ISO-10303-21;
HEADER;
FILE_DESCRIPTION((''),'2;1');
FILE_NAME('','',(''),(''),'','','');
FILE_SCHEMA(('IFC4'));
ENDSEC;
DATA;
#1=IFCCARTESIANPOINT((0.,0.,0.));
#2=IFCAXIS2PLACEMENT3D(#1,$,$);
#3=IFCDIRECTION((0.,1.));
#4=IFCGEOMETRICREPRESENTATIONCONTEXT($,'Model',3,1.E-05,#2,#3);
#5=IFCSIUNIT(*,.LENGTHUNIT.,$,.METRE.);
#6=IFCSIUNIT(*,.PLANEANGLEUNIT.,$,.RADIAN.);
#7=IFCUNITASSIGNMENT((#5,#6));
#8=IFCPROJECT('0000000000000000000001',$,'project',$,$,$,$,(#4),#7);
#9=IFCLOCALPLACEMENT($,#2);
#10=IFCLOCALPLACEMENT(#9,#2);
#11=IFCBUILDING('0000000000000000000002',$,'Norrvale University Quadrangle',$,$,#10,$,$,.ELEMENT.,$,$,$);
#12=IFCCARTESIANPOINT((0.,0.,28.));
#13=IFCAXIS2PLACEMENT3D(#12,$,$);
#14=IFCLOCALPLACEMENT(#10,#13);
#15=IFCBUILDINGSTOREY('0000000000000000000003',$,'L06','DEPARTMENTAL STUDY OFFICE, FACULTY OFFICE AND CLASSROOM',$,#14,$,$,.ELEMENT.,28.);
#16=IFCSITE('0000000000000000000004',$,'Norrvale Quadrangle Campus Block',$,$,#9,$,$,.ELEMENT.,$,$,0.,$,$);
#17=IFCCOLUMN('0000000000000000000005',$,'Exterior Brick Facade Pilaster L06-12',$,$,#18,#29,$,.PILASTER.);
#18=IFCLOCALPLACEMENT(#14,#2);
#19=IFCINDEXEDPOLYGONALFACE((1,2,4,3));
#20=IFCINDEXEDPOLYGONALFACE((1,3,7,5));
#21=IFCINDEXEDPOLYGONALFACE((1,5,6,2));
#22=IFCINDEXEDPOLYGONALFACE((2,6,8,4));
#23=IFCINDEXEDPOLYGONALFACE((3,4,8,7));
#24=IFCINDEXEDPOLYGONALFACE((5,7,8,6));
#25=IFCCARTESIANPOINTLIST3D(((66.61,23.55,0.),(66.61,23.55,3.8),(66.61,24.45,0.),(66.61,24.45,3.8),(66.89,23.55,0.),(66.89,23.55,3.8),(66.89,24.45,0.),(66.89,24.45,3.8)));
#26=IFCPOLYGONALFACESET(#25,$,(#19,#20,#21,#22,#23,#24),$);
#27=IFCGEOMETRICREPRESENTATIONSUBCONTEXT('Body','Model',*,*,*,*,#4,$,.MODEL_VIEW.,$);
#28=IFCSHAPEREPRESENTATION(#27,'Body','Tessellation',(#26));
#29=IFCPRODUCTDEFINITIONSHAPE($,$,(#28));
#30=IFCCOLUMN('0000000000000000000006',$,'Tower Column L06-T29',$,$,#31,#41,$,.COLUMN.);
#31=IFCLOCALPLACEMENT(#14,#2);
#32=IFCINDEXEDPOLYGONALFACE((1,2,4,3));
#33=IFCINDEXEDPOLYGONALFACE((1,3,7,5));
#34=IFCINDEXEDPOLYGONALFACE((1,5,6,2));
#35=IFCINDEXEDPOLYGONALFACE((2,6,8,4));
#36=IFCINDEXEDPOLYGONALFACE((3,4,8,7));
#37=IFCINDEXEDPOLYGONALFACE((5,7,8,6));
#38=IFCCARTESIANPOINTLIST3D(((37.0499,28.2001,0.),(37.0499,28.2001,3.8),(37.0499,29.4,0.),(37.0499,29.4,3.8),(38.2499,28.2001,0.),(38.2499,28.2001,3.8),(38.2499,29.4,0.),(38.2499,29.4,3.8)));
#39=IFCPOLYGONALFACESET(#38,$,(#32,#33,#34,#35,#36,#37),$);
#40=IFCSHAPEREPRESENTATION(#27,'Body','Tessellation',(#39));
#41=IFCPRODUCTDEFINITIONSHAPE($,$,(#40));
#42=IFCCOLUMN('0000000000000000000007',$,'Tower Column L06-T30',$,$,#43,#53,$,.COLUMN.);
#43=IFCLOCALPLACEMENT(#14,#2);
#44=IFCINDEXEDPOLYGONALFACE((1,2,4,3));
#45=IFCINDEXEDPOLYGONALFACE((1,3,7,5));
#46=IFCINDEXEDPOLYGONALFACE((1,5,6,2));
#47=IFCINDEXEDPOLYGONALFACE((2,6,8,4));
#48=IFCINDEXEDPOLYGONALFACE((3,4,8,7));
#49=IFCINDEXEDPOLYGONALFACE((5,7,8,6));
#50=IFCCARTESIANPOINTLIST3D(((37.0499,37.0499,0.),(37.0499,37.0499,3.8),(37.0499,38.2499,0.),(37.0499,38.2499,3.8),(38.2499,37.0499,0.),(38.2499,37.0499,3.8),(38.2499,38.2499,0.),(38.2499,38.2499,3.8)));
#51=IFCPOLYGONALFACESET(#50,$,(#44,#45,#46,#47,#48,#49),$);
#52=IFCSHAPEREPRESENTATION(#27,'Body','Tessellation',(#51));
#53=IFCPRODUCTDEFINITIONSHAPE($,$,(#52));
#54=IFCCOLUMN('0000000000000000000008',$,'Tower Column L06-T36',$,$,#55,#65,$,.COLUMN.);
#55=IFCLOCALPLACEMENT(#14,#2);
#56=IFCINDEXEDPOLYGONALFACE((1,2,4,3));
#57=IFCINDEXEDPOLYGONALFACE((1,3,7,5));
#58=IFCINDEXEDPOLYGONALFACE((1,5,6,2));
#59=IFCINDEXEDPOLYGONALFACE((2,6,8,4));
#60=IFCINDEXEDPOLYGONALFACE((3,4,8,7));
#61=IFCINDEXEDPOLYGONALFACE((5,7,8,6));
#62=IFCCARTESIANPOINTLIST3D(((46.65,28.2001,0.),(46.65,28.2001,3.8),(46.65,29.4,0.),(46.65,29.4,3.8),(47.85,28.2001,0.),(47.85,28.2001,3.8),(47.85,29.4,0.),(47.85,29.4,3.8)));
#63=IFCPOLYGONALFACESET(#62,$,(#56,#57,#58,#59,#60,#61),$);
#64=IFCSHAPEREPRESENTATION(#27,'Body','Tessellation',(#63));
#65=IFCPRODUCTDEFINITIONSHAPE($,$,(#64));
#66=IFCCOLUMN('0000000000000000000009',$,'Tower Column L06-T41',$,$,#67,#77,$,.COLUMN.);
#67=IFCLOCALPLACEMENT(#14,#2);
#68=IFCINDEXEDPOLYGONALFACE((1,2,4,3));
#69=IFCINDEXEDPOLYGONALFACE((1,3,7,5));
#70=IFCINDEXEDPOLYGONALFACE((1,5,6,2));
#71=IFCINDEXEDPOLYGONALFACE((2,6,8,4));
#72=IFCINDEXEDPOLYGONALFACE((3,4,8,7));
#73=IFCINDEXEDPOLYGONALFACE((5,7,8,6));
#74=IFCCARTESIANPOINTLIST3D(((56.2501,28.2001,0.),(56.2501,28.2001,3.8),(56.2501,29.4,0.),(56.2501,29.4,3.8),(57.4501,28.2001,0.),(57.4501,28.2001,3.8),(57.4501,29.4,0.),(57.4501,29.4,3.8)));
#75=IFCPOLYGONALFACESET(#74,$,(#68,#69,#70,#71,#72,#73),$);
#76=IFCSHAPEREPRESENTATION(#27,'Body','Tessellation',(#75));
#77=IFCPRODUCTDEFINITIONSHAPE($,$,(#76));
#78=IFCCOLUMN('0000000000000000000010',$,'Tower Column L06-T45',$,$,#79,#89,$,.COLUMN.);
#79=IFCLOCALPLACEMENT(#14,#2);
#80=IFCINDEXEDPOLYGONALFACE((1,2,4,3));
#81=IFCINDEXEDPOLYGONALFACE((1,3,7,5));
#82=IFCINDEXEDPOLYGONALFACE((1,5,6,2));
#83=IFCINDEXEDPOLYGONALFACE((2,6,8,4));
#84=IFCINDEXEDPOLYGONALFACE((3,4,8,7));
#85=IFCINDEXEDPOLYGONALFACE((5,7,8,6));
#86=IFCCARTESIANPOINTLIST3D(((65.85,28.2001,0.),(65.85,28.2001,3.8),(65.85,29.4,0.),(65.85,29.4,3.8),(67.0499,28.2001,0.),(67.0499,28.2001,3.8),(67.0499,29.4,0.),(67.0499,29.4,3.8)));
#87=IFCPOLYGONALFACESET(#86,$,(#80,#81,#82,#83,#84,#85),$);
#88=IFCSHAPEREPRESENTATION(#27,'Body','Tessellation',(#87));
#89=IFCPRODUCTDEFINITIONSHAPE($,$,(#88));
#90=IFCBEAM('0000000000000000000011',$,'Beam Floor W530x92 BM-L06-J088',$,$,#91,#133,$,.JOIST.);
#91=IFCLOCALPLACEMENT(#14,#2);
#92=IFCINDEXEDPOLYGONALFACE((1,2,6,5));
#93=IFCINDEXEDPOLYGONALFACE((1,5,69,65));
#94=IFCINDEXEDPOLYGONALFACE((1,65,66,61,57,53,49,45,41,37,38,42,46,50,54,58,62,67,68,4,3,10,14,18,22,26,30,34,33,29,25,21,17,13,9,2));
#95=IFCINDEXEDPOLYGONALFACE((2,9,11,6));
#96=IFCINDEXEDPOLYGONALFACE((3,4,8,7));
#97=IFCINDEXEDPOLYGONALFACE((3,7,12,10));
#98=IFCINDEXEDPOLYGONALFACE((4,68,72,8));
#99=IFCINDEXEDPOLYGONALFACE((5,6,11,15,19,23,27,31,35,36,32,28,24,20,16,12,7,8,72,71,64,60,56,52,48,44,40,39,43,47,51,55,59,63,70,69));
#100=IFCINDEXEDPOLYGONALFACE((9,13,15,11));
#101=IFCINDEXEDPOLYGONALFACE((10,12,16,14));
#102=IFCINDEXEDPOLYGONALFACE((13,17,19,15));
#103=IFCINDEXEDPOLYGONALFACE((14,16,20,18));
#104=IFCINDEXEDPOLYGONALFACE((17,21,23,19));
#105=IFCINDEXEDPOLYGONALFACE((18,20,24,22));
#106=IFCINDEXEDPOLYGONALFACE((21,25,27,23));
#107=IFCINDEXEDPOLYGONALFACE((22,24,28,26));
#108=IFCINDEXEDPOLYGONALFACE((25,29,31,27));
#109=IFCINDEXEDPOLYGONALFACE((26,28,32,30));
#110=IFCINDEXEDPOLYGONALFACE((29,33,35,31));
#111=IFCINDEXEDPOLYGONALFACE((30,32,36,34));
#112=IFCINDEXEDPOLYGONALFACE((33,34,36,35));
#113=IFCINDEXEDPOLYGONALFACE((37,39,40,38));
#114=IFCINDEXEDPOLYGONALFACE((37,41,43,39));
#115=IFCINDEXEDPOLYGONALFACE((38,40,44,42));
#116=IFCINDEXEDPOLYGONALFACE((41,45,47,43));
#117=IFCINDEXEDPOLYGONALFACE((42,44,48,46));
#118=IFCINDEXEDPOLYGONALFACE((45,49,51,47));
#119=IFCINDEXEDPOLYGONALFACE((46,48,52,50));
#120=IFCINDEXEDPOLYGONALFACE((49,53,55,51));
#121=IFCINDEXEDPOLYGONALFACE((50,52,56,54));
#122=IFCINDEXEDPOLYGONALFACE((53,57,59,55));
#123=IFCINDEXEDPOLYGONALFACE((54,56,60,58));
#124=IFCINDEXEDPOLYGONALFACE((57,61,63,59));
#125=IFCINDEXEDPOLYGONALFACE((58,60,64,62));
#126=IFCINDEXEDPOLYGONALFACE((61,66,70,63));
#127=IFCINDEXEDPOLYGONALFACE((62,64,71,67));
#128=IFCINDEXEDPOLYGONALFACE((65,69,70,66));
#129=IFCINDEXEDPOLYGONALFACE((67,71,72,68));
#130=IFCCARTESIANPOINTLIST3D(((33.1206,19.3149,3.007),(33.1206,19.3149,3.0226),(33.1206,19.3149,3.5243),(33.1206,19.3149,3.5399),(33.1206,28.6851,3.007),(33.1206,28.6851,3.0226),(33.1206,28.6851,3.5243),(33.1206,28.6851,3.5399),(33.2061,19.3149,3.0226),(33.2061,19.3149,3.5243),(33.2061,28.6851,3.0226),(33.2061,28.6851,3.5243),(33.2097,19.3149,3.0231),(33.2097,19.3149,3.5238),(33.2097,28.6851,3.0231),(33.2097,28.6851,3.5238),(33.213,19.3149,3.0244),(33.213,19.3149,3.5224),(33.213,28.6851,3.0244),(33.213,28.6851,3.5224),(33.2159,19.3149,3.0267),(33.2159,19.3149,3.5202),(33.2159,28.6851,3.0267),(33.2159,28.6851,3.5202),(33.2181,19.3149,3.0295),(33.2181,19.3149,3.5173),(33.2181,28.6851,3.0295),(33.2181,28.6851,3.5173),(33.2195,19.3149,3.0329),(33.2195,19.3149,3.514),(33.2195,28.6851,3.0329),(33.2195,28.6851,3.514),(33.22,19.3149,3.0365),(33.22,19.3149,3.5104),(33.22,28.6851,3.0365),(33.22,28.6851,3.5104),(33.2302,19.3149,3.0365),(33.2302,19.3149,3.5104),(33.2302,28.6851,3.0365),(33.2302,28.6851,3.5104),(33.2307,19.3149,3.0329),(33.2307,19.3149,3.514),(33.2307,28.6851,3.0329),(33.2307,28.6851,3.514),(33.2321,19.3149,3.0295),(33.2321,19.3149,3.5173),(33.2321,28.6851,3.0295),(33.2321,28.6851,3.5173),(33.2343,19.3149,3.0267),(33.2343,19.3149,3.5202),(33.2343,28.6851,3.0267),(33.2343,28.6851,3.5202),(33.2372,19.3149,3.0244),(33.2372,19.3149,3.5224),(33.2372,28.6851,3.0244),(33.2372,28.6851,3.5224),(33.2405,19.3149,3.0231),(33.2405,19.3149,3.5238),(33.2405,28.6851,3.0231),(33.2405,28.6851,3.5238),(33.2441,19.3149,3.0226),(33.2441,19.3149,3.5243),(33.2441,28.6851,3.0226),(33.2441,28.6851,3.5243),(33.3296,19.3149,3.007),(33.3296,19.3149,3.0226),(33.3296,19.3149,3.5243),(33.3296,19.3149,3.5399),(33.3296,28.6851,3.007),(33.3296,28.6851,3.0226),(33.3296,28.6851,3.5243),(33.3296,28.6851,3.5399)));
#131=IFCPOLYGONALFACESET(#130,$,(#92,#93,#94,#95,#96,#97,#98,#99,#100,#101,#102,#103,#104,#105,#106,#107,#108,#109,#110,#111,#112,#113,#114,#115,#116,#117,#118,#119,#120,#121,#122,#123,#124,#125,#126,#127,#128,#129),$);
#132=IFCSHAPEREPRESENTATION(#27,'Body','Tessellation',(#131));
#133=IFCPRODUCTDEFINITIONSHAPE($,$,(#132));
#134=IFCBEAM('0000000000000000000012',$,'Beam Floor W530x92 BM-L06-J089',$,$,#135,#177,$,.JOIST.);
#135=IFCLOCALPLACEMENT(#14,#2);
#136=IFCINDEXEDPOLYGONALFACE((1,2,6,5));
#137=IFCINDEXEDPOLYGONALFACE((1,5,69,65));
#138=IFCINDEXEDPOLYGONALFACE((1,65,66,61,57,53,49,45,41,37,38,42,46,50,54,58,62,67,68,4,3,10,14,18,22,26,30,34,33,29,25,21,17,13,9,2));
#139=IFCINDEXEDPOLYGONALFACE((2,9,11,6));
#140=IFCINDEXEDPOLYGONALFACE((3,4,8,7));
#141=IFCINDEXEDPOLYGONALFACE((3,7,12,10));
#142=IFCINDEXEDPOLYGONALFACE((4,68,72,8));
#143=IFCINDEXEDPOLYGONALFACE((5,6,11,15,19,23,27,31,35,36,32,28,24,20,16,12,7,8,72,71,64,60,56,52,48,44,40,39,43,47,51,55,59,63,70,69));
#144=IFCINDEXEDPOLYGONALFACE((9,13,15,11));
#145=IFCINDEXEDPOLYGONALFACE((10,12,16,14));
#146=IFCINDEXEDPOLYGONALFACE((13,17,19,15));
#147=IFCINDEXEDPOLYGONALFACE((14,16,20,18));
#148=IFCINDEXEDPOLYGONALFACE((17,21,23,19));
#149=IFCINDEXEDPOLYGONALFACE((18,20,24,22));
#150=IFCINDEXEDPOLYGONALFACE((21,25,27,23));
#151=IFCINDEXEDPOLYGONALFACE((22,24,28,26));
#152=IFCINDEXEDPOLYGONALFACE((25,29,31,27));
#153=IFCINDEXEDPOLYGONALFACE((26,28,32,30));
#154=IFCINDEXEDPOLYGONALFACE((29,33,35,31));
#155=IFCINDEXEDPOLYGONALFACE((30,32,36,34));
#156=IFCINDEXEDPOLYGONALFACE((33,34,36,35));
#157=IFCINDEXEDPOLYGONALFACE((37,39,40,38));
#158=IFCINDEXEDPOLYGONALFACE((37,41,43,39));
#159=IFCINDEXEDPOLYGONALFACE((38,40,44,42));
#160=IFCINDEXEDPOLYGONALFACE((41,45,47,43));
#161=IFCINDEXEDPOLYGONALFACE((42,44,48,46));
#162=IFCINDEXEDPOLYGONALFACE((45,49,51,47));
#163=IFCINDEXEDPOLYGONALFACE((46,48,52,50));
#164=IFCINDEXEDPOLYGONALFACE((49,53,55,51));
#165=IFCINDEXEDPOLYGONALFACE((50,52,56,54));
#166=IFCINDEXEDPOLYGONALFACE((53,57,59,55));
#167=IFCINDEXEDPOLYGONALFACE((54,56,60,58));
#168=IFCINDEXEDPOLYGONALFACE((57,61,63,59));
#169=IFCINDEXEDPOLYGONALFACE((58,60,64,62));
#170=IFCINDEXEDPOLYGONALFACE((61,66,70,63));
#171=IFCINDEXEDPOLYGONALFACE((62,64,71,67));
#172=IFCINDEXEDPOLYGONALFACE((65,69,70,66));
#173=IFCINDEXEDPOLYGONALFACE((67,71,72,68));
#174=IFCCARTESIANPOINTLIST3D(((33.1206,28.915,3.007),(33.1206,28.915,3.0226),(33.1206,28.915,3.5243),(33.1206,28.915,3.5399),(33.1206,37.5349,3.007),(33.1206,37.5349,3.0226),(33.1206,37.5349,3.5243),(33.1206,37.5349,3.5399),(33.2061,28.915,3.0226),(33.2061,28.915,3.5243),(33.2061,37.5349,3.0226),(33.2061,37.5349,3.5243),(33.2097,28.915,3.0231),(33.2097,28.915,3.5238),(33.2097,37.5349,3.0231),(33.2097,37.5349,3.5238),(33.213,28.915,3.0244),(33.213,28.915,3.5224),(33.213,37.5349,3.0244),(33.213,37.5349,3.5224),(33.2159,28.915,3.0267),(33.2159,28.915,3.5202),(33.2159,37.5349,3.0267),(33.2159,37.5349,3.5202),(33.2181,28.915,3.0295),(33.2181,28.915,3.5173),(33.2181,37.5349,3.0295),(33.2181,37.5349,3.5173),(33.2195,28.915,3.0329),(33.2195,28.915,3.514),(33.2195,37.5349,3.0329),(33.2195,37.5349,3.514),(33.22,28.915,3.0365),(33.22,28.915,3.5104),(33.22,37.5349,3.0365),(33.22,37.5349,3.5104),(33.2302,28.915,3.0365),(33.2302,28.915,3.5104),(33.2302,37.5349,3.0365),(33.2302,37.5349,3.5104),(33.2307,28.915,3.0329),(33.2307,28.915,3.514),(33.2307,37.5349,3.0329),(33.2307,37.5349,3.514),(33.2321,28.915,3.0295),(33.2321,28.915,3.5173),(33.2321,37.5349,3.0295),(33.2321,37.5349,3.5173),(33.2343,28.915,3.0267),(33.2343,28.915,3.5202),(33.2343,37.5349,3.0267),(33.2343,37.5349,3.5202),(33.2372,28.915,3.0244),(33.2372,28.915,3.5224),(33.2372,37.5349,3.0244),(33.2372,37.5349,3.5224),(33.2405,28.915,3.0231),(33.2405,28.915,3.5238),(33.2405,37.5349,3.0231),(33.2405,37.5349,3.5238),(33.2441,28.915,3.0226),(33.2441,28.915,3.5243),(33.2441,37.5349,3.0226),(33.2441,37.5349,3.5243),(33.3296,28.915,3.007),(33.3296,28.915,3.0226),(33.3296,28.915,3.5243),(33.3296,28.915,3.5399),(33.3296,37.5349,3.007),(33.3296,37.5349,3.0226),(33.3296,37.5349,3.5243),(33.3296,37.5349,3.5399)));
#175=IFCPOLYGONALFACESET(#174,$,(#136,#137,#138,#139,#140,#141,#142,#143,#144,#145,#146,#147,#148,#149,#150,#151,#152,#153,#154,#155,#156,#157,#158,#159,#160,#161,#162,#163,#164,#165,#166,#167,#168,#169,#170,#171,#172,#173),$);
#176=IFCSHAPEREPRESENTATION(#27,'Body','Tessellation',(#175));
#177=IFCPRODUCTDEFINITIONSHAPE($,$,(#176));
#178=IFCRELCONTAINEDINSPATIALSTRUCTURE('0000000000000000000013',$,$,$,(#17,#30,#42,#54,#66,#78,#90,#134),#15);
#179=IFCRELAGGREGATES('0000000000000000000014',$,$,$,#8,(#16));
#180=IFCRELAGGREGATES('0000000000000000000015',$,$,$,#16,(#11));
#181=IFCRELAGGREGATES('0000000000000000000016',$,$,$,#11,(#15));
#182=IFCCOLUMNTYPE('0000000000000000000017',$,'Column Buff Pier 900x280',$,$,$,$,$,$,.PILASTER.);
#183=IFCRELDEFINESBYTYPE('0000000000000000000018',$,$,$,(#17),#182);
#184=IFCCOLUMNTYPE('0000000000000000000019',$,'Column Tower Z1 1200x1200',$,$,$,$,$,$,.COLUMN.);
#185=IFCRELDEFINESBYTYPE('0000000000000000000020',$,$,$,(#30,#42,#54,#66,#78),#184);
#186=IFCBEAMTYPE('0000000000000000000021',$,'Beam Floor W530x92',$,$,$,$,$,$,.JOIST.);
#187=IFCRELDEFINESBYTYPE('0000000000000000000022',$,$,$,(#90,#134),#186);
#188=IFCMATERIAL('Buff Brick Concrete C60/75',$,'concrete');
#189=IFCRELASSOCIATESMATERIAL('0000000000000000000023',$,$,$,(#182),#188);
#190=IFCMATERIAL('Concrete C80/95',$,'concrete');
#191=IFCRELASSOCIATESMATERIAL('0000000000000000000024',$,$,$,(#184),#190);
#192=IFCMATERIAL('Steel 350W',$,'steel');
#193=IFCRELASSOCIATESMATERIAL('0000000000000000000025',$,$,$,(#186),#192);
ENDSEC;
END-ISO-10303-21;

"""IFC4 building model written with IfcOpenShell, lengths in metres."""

from ifc_helpers import new_model, si_unit, direction, frame, origin, origin_2d, place, context, subcontext, project, spatial, rectangle, i_section, extrude, material, material_profile, profile_set, type_object, element, save


model = new_model("IFC4")

# Units and contexts
model_context = context("Model", 3, precision=1e-05, world=origin(), true_north=direction((0.0, 1.0)))
body_context = subcontext(model_context, "Body", "Model", "MODEL_VIEW")
ifc_project = project(units=[si_unit("LENGTHUNIT", "METRE"), si_unit("PLANEANGLEUNIT", "RADIAN")], contexts=[model_context])

# Site, building, storey
site_placement = place(None, origin())
site = spatial("IfcSite", under=ifc_project, at=site_placement, Name="Norrvale Quadrangle Campus Block", CompositionType="ELEMENT", RefElevation=0.0)
building_placement = place(site_placement, origin())
building = spatial("IfcBuilding", under=site, at=building_placement, Name="Norrvale University Quadrangle", CompositionType="ELEMENT")
storey_placement = place(building_placement, frame((0.0, 0.0, 28.0)))
storey = spatial("IfcBuildingStorey", under=building, at=storey_placement, Name="L06", Description="DEPARTMENTAL STUDY OFFICE, FACULTY OFFICE AND CLASSROOM", CompositionType="ELEMENT", Elevation=28.0)

# Columns
ifc_material_1 = material(Name="Buff Brick Concrete C60/75", Category="concrete")
ifc_material_profile_1 = material_profile(ifc_material_1, rectangle(XDim=0.8999, YDim=0.28, at=origin_2d()), Name="Buff Brick Concrete C60/75")
ifc_profile_set_1 = profile_set([ifc_material_profile_1], Name="Buff Brick Concrete C60/75")
column_type_1 = type_object("IfcColumnType", Name="Column Buff Pier 900x280", PredefinedType="PILASTER", material=ifc_profile_set_1)
column_placement = place(storey_placement, frame((66.75, 24.0, 0.0), z_axis=(0.0, 0.0, 1.0), x_axis=(0.0, 1.0, 0.0)))
element("IfcColumn", 1, at=column_placement, inside=storey, type_object=column_type_1, Name="Exterior Brick Facade Pilaster L06-12", PredefinedType="PILASTER", context=body_context, shape_type="SweptSolid", body=[
    extrude(rectangle(XDim=0.8999, YDim=0.28, at=origin_2d()), origin(), (0.0, 0.0, 1.0), 3.8),
])
ifc_material_2 = material(Name="Concrete C80/95", Category="concrete")
ifc_material_profile_2 = material_profile(ifc_material_2, rectangle(XDim=1.2, YDim=1.2, at=origin_2d()), Name="Concrete C80/95")
ifc_profile_set_2 = profile_set([ifc_material_profile_2], Name="Concrete C80/95")
column_type_2 = type_object("IfcColumnType", Name="Column Tower Z1 1200x1200", PredefinedType="COLUMN", material=ifc_profile_set_2)
for number, where, z_axis, x_axis, name in (
    (2, (37.6499, 28.8, 0.0), (0.0, 0.0, 1.0), (1.0, 0.0, 0.0), "Tower Column L06-T29"),
    (3, (37.6499, 37.6499, 0.0), (0.0, 0.0, 1.0), (1.0, 0.0, 0.0), "Tower Column L06-T30"),
    (4, (47.25, 28.8, 0.0), (0.0, 0.0, 1.0), (1.0, 0.0, 0.0), "Tower Column L06-T36"),
    (5, (56.8501, 28.8, 0.0), (0.0, 0.0, 1.0), (1.0, 0.0, 0.0), "Tower Column L06-T41"),
    (6, (66.45, 28.8, 0.0), (0.0, 0.0, 1.0), (1.0, 0.0, 0.0), "Tower Column L06-T45"),
):
    element("IfcColumn", number, at=place(storey_placement, frame(where, z_axis=z_axis, x_axis=x_axis)), inside=storey, type_object=column_type_2, Name=name, PredefinedType="COLUMN", context=body_context, shape_type="SweptSolid", body=[
        extrude(rectangle(XDim=1.2, YDim=1.2, at=origin_2d()), origin(), (0.0, 0.0, 1.0), 3.8),
    ])

# Beams
ifc_material_3 = material(Name="Steel 350W", Category="steel")
ifc_material_profile_3 = material_profile(ifc_material_3, i_section(OverallWidth=0.209, OverallDepth=0.533, WebThickness=0.0103, FlangeThickness=0.0156, FilletRadius=0.0139, at=origin_2d()), Name="Steel 350W")
ifc_profile_set_3 = profile_set([ifc_material_profile_3], Name="Steel 350W")
beam_type_1 = type_object("IfcBeamType", Name="Beam Floor W530x92", PredefinedType="JOIST", material=ifc_profile_set_3)
beam_1_placement = place(storey_placement, frame((33.2251, 19.3149, 3.2734), z_axis=(0.0, 1.0, 0.0), x_axis=(-1.0, 0.0, 0.0)))
element("IfcBeam", 7, at=beam_1_placement, inside=storey, type_object=beam_type_1, Name="Beam Floor W530x92 BM-L06-J088", PredefinedType="JOIST", context=body_context, shape_type="SweptSolid", body=[
    extrude(i_section(OverallWidth=0.209, OverallDepth=0.533, WebThickness=0.0103, FlangeThickness=0.0156, FilletRadius=0.0139, at=origin_2d()), origin(), (0.0, 0.0, 1.0), 9.3701),
])
beam_2_placement = place(storey_placement, frame((33.2251, 28.915, 3.2734), z_axis=(0.0, 1.0, 0.0), x_axis=(-1.0, 0.0, 0.0)))
element("IfcBeam", 8, at=beam_2_placement, inside=storey, type_object=beam_type_1, Name="Beam Floor W530x92 BM-L06-J089", PredefinedType="JOIST", context=body_context, shape_type="SweptSolid", body=[
    extrude(i_section(OverallWidth=0.209, OverallDepth=0.533, WebThickness=0.0103, FlangeThickness=0.0156, FilletRadius=0.0139, at=origin_2d()), origin(), (0.0, 0.0, 1.0), 8.6199),
])

save(model, "model.ifc")
